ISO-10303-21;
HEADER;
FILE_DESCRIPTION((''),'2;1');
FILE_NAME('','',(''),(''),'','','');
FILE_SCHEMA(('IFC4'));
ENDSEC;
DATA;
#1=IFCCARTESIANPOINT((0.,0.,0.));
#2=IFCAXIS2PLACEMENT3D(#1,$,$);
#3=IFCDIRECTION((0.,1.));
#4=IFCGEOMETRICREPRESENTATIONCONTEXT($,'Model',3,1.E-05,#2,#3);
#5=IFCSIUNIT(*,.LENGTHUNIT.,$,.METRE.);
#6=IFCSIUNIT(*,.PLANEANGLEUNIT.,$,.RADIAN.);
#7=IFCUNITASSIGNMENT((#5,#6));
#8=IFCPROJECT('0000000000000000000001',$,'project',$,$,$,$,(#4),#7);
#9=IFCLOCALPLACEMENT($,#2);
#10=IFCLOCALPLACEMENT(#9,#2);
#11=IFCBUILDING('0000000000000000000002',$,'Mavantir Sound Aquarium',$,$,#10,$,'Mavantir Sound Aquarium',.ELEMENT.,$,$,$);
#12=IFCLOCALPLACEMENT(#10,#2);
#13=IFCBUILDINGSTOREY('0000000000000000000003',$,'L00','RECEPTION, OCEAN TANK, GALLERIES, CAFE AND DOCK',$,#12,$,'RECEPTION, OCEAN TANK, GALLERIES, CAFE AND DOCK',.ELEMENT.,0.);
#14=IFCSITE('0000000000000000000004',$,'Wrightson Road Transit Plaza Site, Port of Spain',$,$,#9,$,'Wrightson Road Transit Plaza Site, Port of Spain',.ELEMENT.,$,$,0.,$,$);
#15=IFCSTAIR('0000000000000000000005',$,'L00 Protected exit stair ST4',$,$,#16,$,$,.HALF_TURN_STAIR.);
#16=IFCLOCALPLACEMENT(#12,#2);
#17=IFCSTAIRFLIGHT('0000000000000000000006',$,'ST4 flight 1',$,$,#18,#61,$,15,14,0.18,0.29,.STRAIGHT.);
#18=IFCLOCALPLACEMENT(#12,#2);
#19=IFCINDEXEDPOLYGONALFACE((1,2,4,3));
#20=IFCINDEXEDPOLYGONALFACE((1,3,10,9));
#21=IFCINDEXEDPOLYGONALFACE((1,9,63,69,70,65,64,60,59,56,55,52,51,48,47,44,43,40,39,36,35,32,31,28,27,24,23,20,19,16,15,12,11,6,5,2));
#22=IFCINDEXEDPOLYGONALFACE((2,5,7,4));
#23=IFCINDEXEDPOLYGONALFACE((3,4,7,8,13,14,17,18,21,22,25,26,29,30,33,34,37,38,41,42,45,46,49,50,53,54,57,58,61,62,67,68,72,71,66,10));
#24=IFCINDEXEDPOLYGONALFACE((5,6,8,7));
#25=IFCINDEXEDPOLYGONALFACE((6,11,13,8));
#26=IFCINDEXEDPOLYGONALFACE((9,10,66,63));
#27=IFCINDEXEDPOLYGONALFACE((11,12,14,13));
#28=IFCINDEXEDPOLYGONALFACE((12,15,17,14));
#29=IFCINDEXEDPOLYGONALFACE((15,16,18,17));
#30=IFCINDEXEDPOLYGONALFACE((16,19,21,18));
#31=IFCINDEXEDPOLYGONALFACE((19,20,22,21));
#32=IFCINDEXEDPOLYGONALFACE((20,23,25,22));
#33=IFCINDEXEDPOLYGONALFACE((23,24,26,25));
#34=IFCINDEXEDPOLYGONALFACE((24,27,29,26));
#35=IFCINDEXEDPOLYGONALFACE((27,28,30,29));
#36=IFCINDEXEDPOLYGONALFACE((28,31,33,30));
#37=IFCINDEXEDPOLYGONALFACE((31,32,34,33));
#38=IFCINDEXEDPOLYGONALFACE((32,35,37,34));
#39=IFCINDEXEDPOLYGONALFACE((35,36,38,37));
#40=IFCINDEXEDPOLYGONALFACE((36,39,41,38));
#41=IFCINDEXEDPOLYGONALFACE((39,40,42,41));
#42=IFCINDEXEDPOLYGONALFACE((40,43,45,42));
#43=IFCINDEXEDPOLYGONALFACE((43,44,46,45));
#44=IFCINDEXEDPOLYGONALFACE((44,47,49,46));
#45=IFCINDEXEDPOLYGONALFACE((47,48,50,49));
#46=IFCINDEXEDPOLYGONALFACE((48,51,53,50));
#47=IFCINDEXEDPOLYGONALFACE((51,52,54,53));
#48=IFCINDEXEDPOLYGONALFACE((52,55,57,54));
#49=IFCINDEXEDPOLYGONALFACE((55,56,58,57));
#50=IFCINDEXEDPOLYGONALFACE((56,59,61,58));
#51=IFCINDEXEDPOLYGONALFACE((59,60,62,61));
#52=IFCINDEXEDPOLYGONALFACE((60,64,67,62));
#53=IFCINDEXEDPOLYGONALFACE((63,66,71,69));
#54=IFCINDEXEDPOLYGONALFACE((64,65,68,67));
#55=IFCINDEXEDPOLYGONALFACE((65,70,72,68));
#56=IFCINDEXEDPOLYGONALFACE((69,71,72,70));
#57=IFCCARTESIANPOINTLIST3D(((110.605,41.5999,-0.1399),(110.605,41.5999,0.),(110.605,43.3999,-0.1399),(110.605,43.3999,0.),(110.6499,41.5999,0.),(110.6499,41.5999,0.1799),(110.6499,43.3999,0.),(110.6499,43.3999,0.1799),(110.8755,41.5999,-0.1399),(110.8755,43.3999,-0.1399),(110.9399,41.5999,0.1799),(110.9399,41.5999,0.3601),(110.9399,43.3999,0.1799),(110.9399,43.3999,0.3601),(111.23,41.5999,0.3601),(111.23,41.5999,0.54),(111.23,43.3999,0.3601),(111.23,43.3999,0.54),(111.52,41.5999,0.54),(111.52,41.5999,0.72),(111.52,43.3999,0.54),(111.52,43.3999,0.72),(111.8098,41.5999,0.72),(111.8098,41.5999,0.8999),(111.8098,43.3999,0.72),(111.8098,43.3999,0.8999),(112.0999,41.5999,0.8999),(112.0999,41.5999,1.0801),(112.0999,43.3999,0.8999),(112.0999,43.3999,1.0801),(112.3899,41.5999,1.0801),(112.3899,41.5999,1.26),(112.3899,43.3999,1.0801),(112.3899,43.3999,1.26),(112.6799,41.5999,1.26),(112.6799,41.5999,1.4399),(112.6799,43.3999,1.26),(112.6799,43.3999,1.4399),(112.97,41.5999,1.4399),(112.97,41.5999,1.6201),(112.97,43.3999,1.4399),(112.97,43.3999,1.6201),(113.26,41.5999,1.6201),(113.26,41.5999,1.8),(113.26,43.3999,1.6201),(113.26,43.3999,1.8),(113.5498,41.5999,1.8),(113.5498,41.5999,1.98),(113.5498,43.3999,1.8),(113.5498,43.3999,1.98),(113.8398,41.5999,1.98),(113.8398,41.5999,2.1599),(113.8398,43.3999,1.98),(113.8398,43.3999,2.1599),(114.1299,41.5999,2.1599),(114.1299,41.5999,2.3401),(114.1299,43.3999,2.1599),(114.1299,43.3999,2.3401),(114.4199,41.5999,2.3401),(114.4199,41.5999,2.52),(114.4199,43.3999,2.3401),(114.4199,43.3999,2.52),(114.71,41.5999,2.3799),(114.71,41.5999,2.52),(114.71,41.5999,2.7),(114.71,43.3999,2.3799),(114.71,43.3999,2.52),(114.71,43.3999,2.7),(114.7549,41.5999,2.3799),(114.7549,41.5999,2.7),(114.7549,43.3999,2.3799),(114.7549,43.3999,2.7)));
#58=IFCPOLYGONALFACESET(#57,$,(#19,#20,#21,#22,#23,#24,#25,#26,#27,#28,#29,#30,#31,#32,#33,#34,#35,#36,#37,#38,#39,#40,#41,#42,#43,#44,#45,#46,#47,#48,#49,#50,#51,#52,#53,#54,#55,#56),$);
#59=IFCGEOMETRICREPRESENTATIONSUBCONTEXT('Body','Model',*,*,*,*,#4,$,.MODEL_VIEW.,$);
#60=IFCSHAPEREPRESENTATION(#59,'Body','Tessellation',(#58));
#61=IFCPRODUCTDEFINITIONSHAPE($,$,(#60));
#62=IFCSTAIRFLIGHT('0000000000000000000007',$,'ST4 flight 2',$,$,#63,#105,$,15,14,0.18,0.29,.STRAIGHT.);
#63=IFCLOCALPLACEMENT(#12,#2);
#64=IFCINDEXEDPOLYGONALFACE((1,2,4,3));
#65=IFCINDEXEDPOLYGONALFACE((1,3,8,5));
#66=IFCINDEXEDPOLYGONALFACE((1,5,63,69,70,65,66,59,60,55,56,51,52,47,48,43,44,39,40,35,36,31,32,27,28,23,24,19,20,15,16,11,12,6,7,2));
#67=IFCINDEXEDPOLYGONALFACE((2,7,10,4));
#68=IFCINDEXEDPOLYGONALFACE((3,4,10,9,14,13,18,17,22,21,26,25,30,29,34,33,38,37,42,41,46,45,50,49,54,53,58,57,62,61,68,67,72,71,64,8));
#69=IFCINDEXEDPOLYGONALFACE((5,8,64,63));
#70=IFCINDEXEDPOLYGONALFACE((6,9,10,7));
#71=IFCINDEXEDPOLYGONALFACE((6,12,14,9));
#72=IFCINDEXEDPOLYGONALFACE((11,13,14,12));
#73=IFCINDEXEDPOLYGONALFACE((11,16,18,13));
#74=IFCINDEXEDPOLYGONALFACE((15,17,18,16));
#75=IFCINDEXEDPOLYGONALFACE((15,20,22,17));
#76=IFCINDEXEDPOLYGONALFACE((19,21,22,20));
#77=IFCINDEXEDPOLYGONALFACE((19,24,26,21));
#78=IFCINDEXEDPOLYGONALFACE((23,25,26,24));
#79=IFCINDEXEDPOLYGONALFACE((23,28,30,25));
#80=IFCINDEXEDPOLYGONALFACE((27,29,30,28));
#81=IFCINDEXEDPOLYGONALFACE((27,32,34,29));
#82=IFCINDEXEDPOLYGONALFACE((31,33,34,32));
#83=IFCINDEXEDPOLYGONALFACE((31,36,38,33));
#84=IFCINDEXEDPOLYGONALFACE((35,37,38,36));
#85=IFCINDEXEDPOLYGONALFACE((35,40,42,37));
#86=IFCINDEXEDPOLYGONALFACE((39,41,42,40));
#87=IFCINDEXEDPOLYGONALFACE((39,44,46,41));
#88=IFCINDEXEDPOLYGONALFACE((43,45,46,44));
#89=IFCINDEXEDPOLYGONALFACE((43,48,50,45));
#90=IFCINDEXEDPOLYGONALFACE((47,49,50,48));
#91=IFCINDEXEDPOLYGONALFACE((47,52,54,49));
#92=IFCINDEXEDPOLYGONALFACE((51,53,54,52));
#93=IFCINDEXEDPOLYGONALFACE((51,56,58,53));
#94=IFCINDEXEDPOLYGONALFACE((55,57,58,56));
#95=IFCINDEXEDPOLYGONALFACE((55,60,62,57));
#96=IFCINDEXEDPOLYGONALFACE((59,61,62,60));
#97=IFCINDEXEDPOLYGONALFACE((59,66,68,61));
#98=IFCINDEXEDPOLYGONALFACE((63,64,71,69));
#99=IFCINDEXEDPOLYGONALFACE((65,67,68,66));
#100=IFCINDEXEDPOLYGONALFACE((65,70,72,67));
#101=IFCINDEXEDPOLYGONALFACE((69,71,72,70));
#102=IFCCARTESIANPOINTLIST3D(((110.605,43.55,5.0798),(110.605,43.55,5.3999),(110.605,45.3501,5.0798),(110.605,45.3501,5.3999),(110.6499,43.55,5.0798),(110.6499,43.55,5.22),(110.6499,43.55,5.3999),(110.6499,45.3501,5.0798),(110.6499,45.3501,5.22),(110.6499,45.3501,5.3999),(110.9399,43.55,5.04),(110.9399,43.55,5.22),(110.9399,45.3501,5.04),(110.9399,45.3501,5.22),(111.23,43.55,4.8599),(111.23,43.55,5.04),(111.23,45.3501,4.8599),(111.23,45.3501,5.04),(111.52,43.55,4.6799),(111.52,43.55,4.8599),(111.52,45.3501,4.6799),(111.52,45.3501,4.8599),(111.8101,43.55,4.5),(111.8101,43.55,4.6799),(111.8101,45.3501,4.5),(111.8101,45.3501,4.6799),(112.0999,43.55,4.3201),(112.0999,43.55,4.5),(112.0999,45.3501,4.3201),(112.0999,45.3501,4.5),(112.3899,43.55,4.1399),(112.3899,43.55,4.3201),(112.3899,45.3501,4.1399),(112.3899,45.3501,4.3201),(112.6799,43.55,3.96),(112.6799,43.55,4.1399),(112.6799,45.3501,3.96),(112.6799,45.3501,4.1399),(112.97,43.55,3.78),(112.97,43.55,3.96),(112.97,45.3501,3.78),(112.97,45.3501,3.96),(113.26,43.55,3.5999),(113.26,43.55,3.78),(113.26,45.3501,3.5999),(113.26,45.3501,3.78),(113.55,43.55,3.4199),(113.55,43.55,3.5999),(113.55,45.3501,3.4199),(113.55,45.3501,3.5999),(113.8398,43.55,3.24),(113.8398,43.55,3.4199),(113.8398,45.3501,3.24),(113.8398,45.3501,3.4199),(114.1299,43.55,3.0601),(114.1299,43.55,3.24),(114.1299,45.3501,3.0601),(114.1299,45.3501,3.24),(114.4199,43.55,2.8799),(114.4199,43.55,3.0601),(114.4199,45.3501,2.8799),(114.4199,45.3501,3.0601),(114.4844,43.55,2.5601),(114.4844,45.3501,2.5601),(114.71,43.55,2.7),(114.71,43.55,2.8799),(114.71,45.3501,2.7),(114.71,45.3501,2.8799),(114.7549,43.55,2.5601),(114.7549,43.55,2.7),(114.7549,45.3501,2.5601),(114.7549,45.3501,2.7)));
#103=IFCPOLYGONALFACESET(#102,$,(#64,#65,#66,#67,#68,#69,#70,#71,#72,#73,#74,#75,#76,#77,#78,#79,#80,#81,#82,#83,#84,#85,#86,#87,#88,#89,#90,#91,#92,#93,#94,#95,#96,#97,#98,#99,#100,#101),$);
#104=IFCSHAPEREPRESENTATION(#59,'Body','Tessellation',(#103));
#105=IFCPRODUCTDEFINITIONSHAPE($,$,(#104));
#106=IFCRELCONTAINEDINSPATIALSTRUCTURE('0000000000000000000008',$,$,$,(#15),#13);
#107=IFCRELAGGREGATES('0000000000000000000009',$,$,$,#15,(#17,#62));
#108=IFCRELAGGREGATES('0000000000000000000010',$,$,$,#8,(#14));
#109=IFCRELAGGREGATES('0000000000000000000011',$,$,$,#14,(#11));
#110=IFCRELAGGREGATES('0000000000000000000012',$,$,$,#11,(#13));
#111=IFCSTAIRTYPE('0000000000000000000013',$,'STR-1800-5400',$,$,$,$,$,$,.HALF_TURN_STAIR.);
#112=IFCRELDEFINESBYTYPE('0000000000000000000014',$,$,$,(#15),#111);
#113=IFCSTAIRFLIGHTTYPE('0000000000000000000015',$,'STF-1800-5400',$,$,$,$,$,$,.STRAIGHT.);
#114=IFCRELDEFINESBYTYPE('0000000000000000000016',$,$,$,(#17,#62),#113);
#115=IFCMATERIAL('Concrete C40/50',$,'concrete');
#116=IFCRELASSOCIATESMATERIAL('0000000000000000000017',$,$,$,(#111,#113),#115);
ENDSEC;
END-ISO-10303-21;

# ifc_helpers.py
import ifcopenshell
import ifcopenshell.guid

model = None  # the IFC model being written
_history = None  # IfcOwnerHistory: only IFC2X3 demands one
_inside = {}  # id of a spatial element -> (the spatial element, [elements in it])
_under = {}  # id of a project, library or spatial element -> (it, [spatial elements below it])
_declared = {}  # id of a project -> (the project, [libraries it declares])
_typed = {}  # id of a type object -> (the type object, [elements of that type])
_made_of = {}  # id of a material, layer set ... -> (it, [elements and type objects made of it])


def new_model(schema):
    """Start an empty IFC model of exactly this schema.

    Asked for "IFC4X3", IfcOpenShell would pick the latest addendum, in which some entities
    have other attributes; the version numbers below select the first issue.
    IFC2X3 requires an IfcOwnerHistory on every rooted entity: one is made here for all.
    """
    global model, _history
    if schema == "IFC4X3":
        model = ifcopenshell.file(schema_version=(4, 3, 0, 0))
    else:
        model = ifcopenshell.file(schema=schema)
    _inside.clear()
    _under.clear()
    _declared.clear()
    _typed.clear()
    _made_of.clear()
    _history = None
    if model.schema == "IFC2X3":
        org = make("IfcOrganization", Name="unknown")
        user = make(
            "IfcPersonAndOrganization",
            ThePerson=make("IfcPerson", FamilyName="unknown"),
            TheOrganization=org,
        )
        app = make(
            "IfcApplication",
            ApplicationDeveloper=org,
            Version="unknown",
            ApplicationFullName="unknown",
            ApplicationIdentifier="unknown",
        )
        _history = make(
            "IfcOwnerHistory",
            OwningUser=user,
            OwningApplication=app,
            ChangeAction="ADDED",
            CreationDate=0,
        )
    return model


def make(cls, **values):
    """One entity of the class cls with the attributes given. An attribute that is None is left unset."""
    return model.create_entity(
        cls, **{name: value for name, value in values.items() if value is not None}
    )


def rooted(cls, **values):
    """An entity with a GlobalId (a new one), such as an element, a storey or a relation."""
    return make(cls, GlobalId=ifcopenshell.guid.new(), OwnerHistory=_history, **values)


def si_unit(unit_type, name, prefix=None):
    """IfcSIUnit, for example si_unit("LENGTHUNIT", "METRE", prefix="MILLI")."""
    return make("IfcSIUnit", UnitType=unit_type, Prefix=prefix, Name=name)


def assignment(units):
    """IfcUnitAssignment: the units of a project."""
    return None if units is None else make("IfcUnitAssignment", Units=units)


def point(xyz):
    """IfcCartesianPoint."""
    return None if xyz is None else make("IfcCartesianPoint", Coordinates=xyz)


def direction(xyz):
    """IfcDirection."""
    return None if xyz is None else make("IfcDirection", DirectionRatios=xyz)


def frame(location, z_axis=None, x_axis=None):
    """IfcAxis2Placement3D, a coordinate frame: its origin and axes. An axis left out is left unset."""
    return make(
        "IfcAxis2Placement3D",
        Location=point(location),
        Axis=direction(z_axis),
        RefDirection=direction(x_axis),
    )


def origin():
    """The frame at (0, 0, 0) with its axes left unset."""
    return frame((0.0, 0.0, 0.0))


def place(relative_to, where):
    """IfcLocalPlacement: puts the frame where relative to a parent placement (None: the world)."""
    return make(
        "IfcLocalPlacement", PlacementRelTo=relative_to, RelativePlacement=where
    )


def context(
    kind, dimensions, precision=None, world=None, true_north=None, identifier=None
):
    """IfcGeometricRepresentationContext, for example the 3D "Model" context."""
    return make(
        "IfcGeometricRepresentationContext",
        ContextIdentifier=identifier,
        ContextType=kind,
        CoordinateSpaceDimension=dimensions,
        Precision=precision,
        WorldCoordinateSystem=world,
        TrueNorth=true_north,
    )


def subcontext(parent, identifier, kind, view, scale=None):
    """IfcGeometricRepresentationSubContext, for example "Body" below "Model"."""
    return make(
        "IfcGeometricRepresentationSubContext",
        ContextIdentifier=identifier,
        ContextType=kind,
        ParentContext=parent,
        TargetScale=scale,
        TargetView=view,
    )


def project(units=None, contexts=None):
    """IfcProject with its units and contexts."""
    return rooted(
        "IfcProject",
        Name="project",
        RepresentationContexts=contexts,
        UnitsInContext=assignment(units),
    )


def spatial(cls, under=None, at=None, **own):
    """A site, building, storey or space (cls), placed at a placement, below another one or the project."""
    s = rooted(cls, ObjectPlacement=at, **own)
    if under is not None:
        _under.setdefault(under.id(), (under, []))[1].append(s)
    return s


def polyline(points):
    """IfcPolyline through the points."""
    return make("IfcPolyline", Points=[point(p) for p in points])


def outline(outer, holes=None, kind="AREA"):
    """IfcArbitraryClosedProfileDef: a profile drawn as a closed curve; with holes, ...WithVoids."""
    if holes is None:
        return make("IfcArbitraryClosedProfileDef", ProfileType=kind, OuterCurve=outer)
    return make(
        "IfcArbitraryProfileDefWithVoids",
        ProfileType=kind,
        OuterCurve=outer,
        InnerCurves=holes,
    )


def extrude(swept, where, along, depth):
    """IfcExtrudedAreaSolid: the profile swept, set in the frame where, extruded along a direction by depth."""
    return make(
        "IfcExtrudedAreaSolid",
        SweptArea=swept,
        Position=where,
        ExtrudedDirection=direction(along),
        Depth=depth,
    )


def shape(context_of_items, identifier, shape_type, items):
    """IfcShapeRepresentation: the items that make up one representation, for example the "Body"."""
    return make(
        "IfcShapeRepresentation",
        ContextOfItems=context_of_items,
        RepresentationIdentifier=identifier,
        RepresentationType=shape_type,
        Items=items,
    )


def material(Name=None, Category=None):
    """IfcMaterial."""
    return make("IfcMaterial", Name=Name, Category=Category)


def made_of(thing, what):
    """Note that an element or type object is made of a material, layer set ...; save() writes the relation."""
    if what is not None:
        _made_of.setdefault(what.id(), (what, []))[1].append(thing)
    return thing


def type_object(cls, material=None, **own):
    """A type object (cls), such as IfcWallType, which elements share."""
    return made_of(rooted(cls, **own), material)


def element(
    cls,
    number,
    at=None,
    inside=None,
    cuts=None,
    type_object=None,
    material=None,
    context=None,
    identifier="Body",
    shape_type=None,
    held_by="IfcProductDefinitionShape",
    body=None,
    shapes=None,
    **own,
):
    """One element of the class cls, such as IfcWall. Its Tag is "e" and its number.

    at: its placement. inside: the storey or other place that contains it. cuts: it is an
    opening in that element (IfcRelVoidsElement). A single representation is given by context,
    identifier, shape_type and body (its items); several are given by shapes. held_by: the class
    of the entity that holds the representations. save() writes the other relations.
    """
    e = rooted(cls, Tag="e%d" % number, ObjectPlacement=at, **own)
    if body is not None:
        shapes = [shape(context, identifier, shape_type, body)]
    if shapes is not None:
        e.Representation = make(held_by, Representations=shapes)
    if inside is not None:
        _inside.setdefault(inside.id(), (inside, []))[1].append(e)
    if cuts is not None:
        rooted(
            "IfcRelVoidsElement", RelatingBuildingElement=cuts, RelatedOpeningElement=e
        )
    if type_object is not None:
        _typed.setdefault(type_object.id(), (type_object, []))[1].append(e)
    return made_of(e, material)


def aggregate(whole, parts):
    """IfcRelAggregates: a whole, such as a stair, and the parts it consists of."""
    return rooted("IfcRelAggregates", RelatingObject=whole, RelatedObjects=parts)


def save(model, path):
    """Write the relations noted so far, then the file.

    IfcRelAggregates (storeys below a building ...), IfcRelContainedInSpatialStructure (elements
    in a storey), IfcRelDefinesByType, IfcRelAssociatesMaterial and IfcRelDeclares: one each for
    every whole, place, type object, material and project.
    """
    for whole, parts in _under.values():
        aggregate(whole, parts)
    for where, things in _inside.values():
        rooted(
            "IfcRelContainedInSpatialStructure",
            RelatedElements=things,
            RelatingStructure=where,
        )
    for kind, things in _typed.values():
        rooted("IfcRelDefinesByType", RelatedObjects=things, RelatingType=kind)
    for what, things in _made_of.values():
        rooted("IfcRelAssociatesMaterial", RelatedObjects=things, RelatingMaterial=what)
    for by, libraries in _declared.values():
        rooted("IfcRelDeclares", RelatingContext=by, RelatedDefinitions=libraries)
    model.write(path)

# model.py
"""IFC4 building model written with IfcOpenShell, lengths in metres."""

from ifc_helpers import new_model, si_unit, direction, frame, origin, place, context, subcontext, project, spatial, polyline, outline, extrude, material, type_object, element, aggregate, save


model = new_model("IFC4")

# Units and contexts
model_context = context("Model", 3, precision=1e-05, world=origin(), true_north=direction((0.0, 1.0)))
body_context = subcontext(model_context, "Body", "Model", "MODEL_VIEW")
ifc_project = project(units=[si_unit("LENGTHUNIT", "METRE"), si_unit("PLANEANGLEUNIT", "RADIAN")], contexts=[model_context])

# Site, building, storey
site_placement = place(None, origin())
site = spatial("IfcSite", under=ifc_project, at=site_placement, Name="Wrightson Road Transit Plaza Site, Port of Spain", LongName="Wrightson Road Transit Plaza Site, Port of Spain", CompositionType="ELEMENT", RefElevation=0.0)
building_placement = place(site_placement, origin())
building = spatial("IfcBuilding", under=site, at=building_placement, Name="Mavantir Sound Aquarium", LongName="Mavantir Sound Aquarium", CompositionType="ELEMENT")
storey_placement = place(building_placement, origin())
storey = spatial("IfcBuildingStorey", under=building, at=storey_placement, Name="L00", Description="RECEPTION, OCEAN TANK, GALLERIES, CAFE AND DOCK", LongName="RECEPTION, OCEAN TANK, GALLERIES, CAFE AND DOCK", CompositionType="ELEMENT", Elevation=0.0)

# Shared definitions
ifc_material_1 = material(Name="Concrete C40/50", Category="concrete")

# Stair, stair flights
stair_type = type_object("IfcStairType", Name="STR-1800-5400", PredefinedType="HALF_TURN_STAIR", material=ifc_material_1)
stair_placement = place(storey_placement, origin())
stair = element("IfcStair", 1, at=stair_placement, inside=storey, type_object=stair_type, Name="L00 Protected exit stair ST4", PredefinedType="HALF_TURN_STAIR")
stair_flight_type = type_object("IfcStairFlightType", Name="STF-1800-5400", PredefinedType="STRAIGHT", material=ifc_material_1)
stair_flight_1_placement = place(storey_placement, frame((110.6499, 42.5, 0.0), z_axis=(0.0, 0.0, 1.0), x_axis=(1.0, 0.0, 0.0)))
stair_flight_1 = element("IfcStairFlight", 2, at=stair_flight_1_placement, type_object=stair_flight_type, Name="ST4 flight 1", NumberOfRisers=15, NumberOfTreads=14, PredefinedType="STRAIGHT", RiserHeight=0.18, TreadLength=0.29, context=body_context, shape_type="SweptSolid", body=[
    extrude(outline(polyline([(-0.0449, -0.1399), (-0.0449, 0.0), (0.0, 0.0), (0.0, 0.1799), (0.29, 0.1799), (0.29, 0.3601), (0.5801, 0.3601), (0.5801, 0.54), (0.8701, 0.54), (0.8701, 0.72), (1.1599, 0.72), (1.1599, 0.8999), (1.45, 0.8999), (1.45, 1.0801), (1.74, 1.0801), (1.74, 1.26), (2.03, 1.26), (2.03, 1.4399), (2.3201, 1.4399), (2.3201, 1.6201), (2.6101, 1.6201), (2.6101, 1.8), (2.8999, 1.8), (2.8999, 1.98), (3.1899, 1.98), (3.1899, 2.1599), (3.48, 2.1599), (3.48, 2.3401), (3.77, 2.3401), (3.77, 2.52), (4.0601, 2.52), (4.0601, 2.7), (4.105, 2.7), (4.105, 2.3799), (4.0601, 2.3799), (0.2256, -0.1399), (-0.0449, -0.1399)])), frame((0.0, 0.8999, 0.0), z_axis=(0.0, -1.0, 0.0), x_axis=(1.0, 0.0, 0.0)), (0.0, 0.0, 1.0), 1.8),
])
stair_flight_2_placement = place(storey_placement, frame((114.71, 44.45, 2.7), z_axis=(0.0, 0.0, 1.0), x_axis=(-1.0, 0.0, 0.0)))
stair_flight_2 = element("IfcStairFlight", 3, at=stair_flight_2_placement, type_object=stair_flight_type, Name="ST4 flight 2", NumberOfRisers=15, NumberOfTreads=14, PredefinedType="STRAIGHT", RiserHeight=0.18, TreadLength=0.29, context=body_context, shape_type="SweptSolid", body=[
    extrude(outline(polyline([(-0.0449, -0.1399), (-0.0449, 0.0), (0.0, 0.0), (0.0, 0.1799), (0.29, 0.1799), (0.29, 0.3601), (0.5801, 0.3601), (0.5801, 0.54), (0.8701, 0.54), (0.8701, 0.72), (1.1599, 0.72), (1.1599, 0.8999), (1.45, 0.8999), (1.45, 1.0801), (1.74, 1.0801), (1.74, 1.26), (2.03, 1.26), (2.03, 1.4399), (2.3201, 1.4399), (2.3201, 1.6201), (2.6101, 1.6201), (2.6101, 1.8), (2.8999, 1.8), (2.8999, 1.98), (3.1899, 1.98), (3.1899, 2.1599), (3.48, 2.1599), (3.48, 2.3401), (3.77, 2.3401), (3.77, 2.52), (4.0601, 2.52), (4.0601, 2.7), (4.105, 2.7), (4.105, 2.3799), (4.0601, 2.3799), (0.2256, -0.1399), (-0.0449, -0.1399)])), frame((0.0, 0.8999, 0.0), z_axis=(0.0, -1.0, 0.0), x_axis=(1.0, 0.0, 0.0)), (0.0, 0.0, 1.0), 1.8),
])
aggregate(stair, [stair_flight_1, stair_flight_2])

save(model, "model.ifc")
